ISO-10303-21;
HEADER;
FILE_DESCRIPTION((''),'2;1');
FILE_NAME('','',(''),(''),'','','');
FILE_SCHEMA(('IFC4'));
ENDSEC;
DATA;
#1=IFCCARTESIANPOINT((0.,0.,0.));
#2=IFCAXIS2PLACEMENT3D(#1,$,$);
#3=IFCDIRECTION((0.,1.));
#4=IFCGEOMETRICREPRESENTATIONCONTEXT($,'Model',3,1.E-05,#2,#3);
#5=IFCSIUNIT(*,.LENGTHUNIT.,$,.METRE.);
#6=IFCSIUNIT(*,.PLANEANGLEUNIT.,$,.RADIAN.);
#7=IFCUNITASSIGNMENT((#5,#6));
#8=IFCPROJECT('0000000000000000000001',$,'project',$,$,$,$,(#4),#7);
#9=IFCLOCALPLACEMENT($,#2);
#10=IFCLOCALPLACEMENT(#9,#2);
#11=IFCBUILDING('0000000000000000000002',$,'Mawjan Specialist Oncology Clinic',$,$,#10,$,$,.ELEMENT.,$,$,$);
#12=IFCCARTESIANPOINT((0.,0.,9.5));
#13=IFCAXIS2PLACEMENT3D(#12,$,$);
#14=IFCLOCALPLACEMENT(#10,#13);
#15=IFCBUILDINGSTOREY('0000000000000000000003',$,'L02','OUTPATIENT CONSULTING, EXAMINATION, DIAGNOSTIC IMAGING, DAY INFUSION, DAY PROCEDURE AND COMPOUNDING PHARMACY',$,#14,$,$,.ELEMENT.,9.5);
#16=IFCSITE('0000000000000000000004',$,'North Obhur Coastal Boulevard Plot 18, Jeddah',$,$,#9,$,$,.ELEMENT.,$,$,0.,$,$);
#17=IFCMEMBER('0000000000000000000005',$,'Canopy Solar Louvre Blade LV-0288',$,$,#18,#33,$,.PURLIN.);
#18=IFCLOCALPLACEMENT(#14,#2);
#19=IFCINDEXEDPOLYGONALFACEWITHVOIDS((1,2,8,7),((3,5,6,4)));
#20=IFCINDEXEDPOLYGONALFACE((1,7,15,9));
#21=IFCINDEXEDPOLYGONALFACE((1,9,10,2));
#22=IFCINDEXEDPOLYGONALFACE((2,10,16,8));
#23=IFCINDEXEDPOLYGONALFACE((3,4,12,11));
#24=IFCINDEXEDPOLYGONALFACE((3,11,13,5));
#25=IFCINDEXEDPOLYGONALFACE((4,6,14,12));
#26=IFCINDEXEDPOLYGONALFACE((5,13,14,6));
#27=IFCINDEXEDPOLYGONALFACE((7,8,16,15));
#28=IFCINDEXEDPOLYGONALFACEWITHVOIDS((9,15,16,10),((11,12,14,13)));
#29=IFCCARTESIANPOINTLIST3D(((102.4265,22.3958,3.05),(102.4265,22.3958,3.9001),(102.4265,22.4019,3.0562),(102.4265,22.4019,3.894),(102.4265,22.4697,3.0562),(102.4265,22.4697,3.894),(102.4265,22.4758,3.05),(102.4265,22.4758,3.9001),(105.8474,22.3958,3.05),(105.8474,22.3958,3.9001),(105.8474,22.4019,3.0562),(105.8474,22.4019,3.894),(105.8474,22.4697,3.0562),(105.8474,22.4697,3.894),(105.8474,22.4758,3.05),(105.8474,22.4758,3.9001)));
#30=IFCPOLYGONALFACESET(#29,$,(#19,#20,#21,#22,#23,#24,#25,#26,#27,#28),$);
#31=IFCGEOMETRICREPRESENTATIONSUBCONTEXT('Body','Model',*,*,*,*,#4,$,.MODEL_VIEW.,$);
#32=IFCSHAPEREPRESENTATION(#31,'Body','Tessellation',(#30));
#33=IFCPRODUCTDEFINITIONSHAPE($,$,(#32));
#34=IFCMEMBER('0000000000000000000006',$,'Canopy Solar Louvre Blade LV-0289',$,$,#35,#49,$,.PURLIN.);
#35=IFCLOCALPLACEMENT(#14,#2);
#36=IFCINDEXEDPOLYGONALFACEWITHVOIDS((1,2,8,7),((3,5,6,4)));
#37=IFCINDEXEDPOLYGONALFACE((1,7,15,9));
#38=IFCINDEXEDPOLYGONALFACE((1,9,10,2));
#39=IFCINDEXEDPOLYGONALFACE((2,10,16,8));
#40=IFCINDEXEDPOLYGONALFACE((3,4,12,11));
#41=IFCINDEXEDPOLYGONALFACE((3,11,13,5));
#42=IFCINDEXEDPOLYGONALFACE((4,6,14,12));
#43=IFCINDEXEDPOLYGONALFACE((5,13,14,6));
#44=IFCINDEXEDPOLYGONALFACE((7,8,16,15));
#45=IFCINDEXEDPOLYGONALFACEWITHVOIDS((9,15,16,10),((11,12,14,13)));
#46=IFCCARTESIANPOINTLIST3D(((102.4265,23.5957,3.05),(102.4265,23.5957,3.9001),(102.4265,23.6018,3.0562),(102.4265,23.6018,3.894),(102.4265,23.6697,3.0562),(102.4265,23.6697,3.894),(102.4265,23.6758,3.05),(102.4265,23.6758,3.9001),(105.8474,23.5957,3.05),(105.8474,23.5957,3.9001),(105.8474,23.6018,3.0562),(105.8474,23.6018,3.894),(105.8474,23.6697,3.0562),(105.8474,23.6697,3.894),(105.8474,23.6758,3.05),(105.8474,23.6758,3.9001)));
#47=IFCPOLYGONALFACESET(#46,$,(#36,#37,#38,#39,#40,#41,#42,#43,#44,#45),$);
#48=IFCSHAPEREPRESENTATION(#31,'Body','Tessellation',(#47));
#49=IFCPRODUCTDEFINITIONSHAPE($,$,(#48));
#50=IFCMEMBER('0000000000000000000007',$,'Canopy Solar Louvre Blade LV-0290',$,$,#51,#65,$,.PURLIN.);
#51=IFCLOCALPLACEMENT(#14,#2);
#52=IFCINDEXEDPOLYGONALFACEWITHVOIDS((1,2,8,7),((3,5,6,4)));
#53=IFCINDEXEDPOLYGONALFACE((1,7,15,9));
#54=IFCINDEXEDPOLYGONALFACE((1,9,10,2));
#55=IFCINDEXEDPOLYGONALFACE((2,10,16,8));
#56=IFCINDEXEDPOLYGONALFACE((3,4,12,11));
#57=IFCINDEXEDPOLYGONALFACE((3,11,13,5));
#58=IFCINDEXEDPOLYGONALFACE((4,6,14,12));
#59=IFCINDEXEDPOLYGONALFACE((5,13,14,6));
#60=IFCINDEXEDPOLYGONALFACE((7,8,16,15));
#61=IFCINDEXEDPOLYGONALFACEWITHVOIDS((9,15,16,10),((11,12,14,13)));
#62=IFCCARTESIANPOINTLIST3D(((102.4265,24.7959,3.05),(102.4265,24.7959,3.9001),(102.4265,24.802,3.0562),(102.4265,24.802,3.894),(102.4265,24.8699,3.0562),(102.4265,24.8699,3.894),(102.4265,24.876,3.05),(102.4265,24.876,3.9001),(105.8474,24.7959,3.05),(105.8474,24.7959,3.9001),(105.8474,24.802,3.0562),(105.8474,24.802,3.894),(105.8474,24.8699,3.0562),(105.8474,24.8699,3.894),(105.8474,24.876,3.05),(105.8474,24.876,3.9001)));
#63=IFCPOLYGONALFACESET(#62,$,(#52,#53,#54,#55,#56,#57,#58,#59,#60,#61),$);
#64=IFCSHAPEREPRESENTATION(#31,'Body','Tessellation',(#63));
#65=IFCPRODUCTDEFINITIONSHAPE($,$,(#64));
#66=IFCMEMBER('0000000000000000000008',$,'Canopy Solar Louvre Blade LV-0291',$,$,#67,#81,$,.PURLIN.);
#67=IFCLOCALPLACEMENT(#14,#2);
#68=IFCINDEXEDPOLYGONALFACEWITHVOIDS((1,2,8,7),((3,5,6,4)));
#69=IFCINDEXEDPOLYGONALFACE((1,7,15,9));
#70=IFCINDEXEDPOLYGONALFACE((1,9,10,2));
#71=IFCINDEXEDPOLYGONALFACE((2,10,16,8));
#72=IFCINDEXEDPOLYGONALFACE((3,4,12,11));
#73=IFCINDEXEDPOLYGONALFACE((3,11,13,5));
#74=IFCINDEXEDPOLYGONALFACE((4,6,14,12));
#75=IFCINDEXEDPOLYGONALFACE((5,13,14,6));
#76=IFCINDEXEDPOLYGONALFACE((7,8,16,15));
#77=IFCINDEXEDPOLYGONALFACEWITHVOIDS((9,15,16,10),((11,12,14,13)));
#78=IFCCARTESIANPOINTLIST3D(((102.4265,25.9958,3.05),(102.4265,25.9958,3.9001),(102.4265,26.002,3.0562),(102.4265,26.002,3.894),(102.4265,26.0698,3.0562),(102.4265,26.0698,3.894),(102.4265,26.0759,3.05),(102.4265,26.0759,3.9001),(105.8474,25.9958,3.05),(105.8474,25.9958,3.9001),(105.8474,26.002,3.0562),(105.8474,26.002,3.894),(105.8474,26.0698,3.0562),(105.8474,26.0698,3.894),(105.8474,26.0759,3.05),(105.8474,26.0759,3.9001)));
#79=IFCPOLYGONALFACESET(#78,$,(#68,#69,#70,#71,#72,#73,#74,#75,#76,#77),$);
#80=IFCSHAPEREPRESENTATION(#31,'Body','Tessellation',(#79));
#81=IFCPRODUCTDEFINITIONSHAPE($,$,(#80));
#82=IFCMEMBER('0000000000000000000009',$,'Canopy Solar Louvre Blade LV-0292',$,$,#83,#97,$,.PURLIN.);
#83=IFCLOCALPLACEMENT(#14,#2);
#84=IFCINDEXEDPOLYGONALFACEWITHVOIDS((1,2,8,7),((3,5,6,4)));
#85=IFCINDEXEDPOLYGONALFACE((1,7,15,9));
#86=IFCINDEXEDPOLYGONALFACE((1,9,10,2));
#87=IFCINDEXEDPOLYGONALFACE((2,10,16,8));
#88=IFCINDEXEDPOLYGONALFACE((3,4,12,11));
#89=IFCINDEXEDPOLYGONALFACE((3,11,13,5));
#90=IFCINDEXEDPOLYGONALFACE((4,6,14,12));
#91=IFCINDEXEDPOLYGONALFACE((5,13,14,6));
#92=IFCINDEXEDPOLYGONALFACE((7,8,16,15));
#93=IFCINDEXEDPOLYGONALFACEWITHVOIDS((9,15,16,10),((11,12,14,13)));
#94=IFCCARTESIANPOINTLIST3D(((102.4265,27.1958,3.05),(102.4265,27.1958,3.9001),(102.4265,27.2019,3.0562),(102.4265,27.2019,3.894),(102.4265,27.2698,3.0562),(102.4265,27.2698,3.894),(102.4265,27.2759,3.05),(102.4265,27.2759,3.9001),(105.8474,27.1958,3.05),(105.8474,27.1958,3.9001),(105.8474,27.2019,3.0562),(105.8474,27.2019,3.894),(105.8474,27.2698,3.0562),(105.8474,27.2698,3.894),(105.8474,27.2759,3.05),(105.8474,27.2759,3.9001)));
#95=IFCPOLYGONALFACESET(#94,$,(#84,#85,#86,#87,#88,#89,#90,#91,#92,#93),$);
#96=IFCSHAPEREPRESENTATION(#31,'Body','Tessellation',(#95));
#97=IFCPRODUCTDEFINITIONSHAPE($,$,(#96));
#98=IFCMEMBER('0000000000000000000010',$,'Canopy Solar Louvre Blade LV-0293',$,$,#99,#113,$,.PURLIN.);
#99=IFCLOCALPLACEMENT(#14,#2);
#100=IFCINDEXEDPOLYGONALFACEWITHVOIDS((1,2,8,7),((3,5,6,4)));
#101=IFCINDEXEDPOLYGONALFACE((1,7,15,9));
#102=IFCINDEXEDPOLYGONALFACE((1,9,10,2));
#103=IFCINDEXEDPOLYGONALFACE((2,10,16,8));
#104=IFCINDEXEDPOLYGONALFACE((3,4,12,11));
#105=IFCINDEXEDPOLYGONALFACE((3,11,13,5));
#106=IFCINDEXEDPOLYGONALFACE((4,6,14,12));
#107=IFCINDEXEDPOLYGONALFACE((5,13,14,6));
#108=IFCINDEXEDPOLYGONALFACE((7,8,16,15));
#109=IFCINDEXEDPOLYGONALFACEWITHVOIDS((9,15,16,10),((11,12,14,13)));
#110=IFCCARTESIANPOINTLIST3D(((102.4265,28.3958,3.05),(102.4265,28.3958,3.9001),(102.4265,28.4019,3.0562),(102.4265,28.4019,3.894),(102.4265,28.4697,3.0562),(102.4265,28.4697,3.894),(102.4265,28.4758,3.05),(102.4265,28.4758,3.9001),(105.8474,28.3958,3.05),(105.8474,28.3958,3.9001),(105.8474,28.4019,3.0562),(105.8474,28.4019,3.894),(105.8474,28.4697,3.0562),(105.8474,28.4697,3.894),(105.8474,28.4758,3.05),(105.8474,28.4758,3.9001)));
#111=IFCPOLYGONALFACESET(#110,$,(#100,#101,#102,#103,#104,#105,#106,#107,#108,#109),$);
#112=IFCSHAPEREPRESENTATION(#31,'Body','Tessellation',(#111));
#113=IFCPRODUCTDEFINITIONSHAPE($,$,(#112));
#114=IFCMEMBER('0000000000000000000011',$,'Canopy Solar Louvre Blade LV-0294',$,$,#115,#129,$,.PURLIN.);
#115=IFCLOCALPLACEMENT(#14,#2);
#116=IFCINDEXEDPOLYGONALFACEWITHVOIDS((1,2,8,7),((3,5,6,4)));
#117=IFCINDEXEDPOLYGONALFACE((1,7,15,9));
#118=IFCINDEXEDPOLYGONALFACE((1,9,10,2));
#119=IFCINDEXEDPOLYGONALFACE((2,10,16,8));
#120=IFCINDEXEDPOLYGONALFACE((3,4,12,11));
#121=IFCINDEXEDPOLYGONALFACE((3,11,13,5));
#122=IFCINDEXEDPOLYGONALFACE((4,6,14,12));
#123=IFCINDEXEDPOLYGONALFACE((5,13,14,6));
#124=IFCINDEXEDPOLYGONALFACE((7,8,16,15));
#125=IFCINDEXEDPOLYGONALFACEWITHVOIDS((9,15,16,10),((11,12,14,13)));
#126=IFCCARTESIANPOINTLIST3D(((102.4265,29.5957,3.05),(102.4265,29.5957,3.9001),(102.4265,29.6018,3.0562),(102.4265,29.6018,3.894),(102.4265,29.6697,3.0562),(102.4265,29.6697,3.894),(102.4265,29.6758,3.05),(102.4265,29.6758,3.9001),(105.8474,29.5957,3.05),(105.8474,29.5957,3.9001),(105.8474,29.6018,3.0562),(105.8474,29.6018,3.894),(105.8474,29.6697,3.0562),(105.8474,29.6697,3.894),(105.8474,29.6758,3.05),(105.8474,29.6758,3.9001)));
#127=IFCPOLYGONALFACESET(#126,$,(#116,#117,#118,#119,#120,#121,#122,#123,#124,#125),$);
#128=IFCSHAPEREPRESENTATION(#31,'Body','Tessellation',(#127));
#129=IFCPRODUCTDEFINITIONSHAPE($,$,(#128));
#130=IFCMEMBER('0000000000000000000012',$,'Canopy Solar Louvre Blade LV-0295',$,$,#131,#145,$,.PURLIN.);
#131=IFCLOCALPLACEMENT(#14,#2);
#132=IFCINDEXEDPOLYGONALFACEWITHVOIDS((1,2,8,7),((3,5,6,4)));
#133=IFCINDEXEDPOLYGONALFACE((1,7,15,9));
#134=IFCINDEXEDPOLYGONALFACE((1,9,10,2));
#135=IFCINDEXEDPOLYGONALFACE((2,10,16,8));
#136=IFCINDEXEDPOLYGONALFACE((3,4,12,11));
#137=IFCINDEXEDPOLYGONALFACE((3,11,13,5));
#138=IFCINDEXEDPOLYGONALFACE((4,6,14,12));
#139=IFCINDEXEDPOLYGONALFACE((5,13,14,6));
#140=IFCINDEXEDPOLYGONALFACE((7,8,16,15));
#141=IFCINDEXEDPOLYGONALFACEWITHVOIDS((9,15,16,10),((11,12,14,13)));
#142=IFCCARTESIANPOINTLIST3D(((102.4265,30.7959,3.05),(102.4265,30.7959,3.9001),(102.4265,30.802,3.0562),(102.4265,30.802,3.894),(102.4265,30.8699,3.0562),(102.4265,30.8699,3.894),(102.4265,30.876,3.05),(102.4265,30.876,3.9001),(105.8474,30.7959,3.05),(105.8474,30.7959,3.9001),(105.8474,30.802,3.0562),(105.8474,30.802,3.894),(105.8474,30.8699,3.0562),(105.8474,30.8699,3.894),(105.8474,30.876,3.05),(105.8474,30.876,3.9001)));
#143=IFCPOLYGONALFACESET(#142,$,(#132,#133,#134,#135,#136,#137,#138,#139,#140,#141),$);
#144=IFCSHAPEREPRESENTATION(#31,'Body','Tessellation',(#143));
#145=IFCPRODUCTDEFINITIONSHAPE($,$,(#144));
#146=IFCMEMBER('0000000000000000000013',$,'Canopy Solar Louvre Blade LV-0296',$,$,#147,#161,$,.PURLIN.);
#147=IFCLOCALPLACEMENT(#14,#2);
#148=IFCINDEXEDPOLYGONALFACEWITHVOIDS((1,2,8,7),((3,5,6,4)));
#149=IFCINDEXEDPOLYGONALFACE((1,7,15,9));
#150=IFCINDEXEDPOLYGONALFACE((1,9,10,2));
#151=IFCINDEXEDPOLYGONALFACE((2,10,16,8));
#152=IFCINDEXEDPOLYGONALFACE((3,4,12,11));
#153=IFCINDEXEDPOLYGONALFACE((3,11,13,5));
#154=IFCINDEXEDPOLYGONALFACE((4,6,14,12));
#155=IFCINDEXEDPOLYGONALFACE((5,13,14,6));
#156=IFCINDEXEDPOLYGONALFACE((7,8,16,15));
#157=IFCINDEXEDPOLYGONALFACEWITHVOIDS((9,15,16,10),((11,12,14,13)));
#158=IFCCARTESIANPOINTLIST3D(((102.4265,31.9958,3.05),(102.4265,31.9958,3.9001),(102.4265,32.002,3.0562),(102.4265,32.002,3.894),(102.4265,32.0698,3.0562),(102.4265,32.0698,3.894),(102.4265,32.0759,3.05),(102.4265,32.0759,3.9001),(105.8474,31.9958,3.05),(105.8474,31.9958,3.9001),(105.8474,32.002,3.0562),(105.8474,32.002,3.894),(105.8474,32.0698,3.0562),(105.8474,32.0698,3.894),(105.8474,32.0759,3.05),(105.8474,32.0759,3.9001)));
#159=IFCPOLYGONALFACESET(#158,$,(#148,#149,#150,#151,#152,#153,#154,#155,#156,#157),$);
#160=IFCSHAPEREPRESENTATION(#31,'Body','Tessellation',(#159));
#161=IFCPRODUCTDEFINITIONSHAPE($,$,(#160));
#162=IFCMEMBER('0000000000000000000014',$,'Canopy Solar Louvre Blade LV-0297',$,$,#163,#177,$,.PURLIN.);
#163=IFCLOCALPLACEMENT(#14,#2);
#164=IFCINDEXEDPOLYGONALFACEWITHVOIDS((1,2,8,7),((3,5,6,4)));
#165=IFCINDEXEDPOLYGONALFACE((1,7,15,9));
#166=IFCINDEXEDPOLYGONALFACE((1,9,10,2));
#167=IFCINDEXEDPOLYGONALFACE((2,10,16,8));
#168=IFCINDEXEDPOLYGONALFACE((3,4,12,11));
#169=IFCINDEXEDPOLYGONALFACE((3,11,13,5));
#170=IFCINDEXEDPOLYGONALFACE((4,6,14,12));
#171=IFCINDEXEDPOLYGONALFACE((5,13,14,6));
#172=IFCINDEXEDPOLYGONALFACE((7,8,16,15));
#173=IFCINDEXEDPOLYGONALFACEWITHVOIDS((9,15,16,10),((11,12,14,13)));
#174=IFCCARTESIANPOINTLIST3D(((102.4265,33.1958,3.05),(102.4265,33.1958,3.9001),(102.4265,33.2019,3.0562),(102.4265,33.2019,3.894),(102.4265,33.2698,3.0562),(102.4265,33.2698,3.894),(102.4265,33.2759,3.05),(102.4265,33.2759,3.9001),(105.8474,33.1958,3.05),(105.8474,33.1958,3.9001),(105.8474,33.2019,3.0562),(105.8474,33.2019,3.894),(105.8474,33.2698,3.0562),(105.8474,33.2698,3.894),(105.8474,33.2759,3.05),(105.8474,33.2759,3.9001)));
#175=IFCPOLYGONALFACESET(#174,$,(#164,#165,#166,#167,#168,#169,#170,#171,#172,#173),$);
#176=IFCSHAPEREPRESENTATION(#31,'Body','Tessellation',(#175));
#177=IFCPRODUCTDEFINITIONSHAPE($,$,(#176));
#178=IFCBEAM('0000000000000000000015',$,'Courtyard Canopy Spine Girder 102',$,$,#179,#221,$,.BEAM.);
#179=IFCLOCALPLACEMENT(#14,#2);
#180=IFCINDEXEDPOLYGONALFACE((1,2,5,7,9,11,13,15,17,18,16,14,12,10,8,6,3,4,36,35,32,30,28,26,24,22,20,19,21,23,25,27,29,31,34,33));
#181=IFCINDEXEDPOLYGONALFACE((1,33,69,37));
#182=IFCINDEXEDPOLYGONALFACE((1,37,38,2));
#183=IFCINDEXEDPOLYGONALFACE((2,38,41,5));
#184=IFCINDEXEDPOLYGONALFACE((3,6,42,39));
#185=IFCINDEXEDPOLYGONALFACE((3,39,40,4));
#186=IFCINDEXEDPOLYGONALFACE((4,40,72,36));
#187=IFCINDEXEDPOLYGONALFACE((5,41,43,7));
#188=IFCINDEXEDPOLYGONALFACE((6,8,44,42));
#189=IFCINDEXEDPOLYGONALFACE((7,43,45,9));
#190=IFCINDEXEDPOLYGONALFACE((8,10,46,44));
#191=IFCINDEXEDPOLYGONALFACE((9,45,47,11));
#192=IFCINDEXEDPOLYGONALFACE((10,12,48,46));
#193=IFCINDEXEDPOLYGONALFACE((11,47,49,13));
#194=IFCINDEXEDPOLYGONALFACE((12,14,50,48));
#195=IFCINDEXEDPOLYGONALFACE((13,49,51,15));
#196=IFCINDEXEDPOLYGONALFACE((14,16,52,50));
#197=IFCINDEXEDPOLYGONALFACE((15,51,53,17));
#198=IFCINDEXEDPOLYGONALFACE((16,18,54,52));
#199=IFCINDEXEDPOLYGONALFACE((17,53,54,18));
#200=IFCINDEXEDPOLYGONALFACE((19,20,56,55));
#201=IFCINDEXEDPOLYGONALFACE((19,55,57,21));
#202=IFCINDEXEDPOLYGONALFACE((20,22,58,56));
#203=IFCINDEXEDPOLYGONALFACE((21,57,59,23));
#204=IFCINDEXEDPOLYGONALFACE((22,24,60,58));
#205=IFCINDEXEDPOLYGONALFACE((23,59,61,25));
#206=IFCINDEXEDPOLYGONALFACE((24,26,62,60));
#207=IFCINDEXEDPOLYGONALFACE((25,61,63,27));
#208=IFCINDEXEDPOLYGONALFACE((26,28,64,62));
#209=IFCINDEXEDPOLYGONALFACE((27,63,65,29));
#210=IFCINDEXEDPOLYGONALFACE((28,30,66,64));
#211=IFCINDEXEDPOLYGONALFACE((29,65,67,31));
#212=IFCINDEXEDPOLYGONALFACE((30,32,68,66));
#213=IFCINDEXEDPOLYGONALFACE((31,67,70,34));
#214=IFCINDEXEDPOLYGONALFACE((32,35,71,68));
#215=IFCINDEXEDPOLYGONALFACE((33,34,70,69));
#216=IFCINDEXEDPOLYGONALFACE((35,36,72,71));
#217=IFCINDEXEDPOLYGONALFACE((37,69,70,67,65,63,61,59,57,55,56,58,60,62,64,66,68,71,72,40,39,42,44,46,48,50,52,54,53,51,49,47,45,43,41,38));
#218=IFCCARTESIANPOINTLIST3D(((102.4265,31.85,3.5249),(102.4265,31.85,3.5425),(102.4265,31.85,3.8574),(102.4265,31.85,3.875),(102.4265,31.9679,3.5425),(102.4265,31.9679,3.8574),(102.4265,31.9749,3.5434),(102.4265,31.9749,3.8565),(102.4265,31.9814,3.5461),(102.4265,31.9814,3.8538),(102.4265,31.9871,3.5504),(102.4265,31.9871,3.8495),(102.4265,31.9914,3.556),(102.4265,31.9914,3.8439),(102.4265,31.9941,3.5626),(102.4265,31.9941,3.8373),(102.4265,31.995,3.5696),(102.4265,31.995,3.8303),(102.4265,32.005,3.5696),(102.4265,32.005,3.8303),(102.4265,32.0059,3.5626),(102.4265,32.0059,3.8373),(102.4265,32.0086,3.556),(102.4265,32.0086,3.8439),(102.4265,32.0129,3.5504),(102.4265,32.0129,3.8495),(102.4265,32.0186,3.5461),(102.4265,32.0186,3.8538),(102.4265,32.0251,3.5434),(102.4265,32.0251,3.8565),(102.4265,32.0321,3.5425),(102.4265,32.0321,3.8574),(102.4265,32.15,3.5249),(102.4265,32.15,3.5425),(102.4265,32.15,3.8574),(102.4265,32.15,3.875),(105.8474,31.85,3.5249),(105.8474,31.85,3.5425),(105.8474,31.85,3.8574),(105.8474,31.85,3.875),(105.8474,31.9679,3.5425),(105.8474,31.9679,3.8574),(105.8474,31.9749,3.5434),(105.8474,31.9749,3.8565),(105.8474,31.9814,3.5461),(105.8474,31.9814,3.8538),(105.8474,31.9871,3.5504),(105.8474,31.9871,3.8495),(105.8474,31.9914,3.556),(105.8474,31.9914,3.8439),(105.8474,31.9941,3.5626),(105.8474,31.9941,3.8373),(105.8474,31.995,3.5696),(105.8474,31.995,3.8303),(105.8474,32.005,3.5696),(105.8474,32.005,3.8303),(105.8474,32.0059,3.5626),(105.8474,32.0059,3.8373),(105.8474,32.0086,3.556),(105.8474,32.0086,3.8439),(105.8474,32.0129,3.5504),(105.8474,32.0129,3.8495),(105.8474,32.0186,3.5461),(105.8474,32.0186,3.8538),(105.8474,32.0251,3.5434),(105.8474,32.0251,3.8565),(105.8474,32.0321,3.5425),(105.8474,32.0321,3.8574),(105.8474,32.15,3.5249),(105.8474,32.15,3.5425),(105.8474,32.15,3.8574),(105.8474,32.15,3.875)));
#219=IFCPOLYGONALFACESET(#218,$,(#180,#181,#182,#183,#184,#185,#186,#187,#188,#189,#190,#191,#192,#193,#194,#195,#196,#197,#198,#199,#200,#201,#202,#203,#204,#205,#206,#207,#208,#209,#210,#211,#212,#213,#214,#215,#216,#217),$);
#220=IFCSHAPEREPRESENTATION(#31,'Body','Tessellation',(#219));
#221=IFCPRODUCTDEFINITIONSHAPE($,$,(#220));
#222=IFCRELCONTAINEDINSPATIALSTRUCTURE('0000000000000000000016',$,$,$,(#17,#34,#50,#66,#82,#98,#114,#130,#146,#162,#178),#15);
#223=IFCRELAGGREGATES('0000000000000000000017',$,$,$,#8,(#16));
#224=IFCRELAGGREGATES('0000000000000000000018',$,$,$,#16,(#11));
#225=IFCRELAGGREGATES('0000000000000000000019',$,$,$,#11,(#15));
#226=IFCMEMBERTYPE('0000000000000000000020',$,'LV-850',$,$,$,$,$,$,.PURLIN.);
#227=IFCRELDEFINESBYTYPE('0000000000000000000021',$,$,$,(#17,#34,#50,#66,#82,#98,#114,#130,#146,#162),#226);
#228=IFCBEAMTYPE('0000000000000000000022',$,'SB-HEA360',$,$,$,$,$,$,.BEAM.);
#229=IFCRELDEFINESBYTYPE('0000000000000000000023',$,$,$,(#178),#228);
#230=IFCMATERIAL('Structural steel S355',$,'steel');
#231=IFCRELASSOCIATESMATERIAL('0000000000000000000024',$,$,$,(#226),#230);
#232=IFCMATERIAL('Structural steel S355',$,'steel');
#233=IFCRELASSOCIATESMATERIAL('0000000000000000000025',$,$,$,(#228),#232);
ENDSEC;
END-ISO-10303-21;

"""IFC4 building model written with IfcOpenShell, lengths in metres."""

from ifc_helpers import new_model, si_unit, direction, frame, origin, origin_2d, place, context, subcontext, project, spatial, hollow_rectangle, i_section, extrude, material, material_profile, profile_set, type_object, element, save


model = new_model("IFC4")

# Units and contexts
model_context = context("Model", 3, precision=1e-05, world=origin(), true_north=direction((0.0, 1.0)))
body_context = subcontext(model_context, "Body", "Model", "MODEL_VIEW")
ifc_project = project(units=[si_unit("LENGTHUNIT", "METRE"), si_unit("PLANEANGLEUNIT", "RADIAN")], contexts=[model_context])

# Site, building, storey
site_placement = place(None, origin())
site = spatial("IfcSite", under=ifc_project, at=site_placement, Name="North Obhur Coastal Boulevard Plot 18, Jeddah", CompositionType="ELEMENT", RefElevation=0.0)
building_placement = place(site_placement, origin())
building = spatial("IfcBuilding", under=site, at=building_placement, Name="Mawjan Specialist Oncology Clinic", CompositionType="ELEMENT")
storey_placement = place(building_placement, frame((0.0, 0.0, 9.5)))
storey = spatial("IfcBuildingStorey", under=building, at=storey_placement, Name="L02", Description="OUTPATIENT CONSULTING, EXAMINATION, DIAGNOSTIC IMAGING, DAY INFUSION, DAY PROCEDURE AND COMPOUNDING PHARMACY", CompositionType="ELEMENT", Elevation=9.5)

# Members
ifc_material_1 = material(Name="Structural steel S355", Category="steel")
ifc_material_profile_1 = material_profile(ifc_material_1, hollow_rectangle(XDim=0.0801, YDim=0.8501, WallThickness=0.0061, at=origin_2d()), Name="LOUVRE 850x80x6", Category="steel")
ifc_profile_set_1 = profile_set([ifc_material_profile_1], Name="Structural steel S355")
member_type_1 = type_object("IfcMemberType", Name="LV-850", PredefinedType="PURLIN", material=ifc_profile_set_1)
for number, where, z_axis, x_axis, name in (
    (1, (102.4265, 22.4358, 3.4751), (1.0, 0.0, 0.0), (0.0, 1.0, 0.0), "Canopy Solar Louvre Blade LV-0288"),
    (2, (102.4265, 23.6357, 3.4751), (1.0, 0.0, 0.0), (0.0, 1.0, 0.0), "Canopy Solar Louvre Blade LV-0289"),
    (3, (102.4265, 24.8359, 3.4751), (1.0, 0.0, 0.0), (0.0, 1.0, 0.0), "Canopy Solar Louvre Blade LV-0290"),
    (4, (102.4265, 26.0359, 3.4751), (1.0, 0.0, 0.0), (0.0, 1.0, 0.0), "Canopy Solar Louvre Blade LV-0291"),
    (5, (102.4265, 27.2358, 3.4751), (1.0, 0.0, 0.0), (0.0, 1.0, 0.0), "Canopy Solar Louvre Blade LV-0292"),
    (6, (102.4265, 28.4358, 3.4751), (1.0, 0.0, 0.0), (0.0, 1.0, 0.0), "Canopy Solar Louvre Blade LV-0293"),
    (7, (102.4265, 29.6357, 3.4751), (1.0, 0.0, 0.0), (0.0, 1.0, 0.0), "Canopy Solar Louvre Blade LV-0294"),
    (8, (102.4265, 30.8359, 3.4751), (1.0, 0.0, 0.0), (0.0, 1.0, 0.0), "Canopy Solar Louvre Blade LV-0295"),
    (9, (102.4265, 32.0359, 3.4751), (1.0, 0.0, 0.0), (0.0, 1.0, 0.0), "Canopy Solar Louvre Blade LV-0296"),
    (10, (102.4265, 33.2358, 3.4751), (1.0, 0.0, 0.0), (0.0, 1.0, 0.0), "Canopy Solar Louvre Blade LV-0297"),
):
    element("IfcMember", number, at=place(storey_placement, frame(where, z_axis=z_axis, x_axis=x_axis)), inside=storey, type_object=member_type_1, Name=name, PredefinedType="PURLIN", context=body_context, shape_type="SweptSolid", body=[
        extrude(hollow_rectangle(XDim=0.0801, YDim=0.8501, WallThickness=0.0061, at=origin_2d()), origin(), (0.0, 0.0, 1.0), 3.4209),
    ])

# Beam
ifc_material_2 = material(Name="Structural steel S355", Category="steel")
ifc_material_profile_2 = material_profile(ifc_material_2, i_section(OverallWidth=0.3, OverallDepth=0.3501, WebThickness=0.01, FlangeThickness=0.0176, FilletRadius=0.0271, at=origin_2d()), Name="HEA 360", Category="steel")
ifc_profile_set_2 = profile_set([ifc_material_profile_2], Name="Structural steel S355")
beam_type_1 = type_object("IfcBeamType", Name="SB-HEA360", PredefinedType="BEAM", material=ifc_profile_set_2)
beam_1_placement = place(storey_placement, frame((102.4265, 32.0, 3.7), z_axis=(1.0, 0.0, 0.0), x_axis=(0.0, 1.0, 0.0)))
element("IfcBeam", 11, at=beam_1_placement, inside=storey, type_object=beam_type_1, Name="Courtyard Canopy Spine Girder 102", PredefinedType="BEAM", context=body_context, shape_type="SweptSolid", body=[
    extrude(i_section(OverallWidth=0.3, OverallDepth=0.3501, WebThickness=0.01, FlangeThickness=0.0176, FilletRadius=0.0271, at=origin_2d()), origin(), (0.0, 0.0, 1.0), 3.4209),
])

save(model, "model.ifc")
